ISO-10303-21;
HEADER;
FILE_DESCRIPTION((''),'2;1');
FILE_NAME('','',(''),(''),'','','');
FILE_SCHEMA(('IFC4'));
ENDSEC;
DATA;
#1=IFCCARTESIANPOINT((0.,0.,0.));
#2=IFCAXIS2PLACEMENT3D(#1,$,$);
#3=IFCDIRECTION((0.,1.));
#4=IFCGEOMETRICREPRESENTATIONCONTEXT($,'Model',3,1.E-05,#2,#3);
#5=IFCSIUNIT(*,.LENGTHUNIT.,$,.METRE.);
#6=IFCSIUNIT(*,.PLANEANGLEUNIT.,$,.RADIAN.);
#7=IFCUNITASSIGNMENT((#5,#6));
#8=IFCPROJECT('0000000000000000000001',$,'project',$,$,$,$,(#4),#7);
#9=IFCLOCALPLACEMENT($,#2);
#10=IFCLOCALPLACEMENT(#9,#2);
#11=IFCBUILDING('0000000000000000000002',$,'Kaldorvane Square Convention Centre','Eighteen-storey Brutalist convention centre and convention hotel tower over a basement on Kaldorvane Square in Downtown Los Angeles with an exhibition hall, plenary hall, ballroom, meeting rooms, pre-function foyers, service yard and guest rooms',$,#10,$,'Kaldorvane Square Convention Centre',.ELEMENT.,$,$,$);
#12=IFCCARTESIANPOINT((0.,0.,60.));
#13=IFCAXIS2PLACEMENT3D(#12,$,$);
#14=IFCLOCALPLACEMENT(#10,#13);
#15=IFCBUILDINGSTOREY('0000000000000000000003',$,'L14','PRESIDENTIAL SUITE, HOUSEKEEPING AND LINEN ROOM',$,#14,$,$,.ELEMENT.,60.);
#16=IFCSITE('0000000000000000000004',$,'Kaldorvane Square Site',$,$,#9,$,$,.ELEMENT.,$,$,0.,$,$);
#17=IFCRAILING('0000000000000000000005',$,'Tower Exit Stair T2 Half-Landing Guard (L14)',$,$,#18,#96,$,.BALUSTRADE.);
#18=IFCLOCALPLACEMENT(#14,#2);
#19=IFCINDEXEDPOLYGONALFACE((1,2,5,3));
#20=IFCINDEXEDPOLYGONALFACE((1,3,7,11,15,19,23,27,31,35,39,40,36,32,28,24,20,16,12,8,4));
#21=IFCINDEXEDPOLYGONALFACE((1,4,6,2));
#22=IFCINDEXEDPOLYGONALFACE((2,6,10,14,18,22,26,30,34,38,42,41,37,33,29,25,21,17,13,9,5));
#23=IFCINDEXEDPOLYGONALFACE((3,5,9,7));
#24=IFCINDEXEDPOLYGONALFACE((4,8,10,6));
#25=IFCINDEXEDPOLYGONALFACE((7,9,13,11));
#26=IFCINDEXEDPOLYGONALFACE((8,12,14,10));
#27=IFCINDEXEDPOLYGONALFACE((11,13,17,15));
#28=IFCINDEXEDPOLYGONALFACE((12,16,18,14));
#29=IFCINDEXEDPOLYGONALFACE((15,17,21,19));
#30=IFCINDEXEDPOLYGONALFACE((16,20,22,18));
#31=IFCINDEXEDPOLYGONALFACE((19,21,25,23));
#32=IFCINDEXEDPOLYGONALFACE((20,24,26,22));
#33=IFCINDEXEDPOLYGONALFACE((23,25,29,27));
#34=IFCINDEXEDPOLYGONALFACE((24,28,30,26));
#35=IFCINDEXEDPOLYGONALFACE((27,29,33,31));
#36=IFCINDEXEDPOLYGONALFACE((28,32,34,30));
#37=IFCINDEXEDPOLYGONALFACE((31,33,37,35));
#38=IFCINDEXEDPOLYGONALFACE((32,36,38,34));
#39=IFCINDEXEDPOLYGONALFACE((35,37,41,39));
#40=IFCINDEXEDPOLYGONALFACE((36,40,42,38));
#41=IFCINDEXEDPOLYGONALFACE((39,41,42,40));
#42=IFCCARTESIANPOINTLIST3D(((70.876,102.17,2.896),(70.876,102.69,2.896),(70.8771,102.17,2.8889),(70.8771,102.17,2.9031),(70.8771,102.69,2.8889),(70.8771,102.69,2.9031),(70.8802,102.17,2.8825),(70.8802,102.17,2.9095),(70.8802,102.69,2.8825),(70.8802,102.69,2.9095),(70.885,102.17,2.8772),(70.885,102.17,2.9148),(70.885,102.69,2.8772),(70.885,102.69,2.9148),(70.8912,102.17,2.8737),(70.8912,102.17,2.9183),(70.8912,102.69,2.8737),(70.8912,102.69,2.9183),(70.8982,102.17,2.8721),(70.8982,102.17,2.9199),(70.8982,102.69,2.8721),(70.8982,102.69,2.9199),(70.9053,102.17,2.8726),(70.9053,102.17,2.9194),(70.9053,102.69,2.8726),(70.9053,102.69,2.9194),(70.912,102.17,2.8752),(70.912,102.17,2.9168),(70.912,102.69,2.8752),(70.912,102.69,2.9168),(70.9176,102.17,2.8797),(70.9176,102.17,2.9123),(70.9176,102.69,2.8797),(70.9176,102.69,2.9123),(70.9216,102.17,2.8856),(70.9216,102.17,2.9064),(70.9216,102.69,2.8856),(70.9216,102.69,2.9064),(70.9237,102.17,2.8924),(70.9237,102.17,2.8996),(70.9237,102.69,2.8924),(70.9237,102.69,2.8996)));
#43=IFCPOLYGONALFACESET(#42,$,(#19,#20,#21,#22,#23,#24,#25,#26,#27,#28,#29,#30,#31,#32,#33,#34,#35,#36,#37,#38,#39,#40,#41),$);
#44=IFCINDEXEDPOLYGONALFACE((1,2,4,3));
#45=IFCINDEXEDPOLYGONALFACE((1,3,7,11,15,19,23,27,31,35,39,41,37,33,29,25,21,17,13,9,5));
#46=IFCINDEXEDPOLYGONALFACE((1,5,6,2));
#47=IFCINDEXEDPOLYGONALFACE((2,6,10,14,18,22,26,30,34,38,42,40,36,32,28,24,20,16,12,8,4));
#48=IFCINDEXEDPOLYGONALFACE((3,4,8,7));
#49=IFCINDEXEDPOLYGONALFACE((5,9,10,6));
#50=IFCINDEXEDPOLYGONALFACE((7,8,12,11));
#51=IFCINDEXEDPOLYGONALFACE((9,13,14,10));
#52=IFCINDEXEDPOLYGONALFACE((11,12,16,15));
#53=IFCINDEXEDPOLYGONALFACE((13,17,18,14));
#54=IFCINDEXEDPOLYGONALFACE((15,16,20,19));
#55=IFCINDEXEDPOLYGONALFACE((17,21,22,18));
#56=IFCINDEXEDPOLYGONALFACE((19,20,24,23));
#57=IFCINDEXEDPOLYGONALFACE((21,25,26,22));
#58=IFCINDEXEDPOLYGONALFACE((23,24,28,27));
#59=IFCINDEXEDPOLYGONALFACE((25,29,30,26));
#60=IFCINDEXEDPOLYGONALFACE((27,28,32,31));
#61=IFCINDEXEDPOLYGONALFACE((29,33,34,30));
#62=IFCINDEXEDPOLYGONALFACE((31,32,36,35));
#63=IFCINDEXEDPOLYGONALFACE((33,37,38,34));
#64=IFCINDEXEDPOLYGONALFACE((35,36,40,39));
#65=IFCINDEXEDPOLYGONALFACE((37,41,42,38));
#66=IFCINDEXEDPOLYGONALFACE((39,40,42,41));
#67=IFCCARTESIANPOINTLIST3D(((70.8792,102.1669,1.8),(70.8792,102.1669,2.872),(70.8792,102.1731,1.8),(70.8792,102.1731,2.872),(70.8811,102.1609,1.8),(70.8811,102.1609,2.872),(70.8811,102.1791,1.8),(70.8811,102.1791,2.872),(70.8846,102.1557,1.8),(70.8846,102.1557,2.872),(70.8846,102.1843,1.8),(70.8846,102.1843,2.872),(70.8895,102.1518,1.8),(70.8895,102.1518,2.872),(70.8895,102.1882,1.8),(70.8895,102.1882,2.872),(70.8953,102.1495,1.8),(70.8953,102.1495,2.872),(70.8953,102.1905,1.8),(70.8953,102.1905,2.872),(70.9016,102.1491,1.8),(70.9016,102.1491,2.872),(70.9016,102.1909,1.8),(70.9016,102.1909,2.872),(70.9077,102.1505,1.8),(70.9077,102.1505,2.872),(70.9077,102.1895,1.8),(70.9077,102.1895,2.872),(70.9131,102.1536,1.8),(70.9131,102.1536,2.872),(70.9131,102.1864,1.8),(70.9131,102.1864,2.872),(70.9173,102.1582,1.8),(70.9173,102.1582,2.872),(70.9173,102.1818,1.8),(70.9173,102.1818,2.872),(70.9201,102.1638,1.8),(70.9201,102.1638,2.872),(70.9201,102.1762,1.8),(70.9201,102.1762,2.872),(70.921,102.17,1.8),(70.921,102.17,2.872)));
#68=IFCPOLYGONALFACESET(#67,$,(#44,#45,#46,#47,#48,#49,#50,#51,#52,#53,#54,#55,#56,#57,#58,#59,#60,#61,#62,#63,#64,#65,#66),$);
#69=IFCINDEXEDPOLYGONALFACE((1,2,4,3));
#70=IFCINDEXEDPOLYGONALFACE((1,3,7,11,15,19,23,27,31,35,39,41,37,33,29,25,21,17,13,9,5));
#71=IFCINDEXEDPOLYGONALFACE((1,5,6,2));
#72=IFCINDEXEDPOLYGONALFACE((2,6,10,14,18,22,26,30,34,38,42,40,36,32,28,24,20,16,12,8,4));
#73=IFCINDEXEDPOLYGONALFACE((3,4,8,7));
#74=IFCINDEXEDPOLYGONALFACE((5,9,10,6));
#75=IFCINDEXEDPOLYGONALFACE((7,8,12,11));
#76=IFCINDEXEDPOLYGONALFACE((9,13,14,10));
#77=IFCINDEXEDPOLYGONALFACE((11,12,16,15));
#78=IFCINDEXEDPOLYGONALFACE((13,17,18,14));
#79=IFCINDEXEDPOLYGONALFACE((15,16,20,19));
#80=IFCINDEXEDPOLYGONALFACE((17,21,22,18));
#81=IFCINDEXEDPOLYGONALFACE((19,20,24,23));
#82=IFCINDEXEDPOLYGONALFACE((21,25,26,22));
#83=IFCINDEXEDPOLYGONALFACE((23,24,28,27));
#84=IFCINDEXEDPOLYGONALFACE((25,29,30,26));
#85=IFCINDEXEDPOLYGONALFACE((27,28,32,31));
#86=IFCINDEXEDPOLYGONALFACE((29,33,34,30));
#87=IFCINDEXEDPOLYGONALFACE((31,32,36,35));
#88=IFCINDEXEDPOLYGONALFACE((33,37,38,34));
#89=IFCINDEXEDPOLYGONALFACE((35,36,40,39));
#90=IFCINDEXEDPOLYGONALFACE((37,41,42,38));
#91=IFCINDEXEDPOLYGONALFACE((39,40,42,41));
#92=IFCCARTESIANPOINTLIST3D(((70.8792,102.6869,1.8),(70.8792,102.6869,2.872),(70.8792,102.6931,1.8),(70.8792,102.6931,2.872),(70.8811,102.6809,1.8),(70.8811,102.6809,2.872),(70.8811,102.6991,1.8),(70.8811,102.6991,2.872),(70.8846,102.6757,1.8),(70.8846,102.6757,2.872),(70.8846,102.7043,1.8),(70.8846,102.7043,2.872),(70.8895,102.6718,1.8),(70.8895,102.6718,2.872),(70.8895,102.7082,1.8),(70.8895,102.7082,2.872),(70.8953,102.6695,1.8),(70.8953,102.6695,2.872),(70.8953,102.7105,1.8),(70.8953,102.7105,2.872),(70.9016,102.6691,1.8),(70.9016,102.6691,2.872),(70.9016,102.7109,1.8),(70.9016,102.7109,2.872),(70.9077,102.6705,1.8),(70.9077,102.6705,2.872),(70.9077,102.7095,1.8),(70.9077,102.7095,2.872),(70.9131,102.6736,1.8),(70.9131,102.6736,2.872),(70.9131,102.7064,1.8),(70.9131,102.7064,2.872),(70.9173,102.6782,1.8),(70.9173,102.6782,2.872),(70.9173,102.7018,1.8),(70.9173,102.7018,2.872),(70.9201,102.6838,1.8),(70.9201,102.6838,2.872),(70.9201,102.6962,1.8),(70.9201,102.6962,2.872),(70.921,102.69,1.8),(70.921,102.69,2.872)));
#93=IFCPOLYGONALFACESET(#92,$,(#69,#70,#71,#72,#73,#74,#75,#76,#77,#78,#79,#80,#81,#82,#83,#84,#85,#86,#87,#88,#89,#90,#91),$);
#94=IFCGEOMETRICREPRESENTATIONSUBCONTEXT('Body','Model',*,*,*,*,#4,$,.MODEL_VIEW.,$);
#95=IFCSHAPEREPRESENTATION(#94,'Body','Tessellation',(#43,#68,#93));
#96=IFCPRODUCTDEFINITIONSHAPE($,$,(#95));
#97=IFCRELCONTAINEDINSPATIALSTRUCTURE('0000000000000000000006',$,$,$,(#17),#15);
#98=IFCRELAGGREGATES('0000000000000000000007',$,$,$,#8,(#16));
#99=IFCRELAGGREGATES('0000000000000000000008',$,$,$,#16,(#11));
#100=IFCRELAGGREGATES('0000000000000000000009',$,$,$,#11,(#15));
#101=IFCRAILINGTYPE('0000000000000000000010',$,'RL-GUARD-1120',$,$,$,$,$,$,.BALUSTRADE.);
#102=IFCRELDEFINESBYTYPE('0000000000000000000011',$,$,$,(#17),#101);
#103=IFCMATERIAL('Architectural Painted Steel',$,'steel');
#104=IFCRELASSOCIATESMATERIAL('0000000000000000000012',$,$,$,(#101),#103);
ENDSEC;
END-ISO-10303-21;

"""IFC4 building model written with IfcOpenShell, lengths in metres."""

from ifc_helpers import new_model, si_unit, direction, frame, origin, origin_2d, place, context, subcontext, project, spatial, circle, extrude, material, type_object, element, save


model = new_model("IFC4")

# Units and contexts
model_context = context("Model", 3, precision=1e-05, world=origin(), true_north=direction((0.0, 1.0)))
body_context = subcontext(model_context, "Body", "Model", "MODEL_VIEW")
ifc_project = project(units=[si_unit("LENGTHUNIT", "METRE"), si_unit("PLANEANGLEUNIT", "RADIAN")], contexts=[model_context])

# Site, building, storey
site_placement = place(None, origin())
site = spatial("IfcSite", under=ifc_project, at=site_placement, Name="Kaldorvane Square Site", CompositionType="ELEMENT", RefElevation=0.0)
building_placement = place(site_placement, origin())
building = spatial("IfcBuilding", under=site, at=building_placement, Name="Kaldorvane Square Convention Centre", Description="Eighteen-storey Brutalist convention centre and convention hotel tower over a basement on Kaldorvane Square in Downtown Los Angeles with an exhibition hall, plenary hall, ballroom, meeting rooms, pre-function foyers, service yard and guest rooms", LongName="Kaldorvane Square Convention Centre", CompositionType="ELEMENT")
storey_placement = place(building_placement, frame((0.0, 0.0, 60.0)))
storey = spatial("IfcBuildingStorey", under=building, at=storey_placement, Name="L14", Description="PRESIDENTIAL SUITE, HOUSEKEEPING AND LINEN ROOM", CompositionType="ELEMENT", Elevation=60.0)

# Railing
ifc_material_1 = material(Name="Architectural Painted Steel", Category="steel")
railing_type = type_object("IfcRailingType", Name="RL-GUARD-1120", PredefinedType="BALUSTRADE", material=ifc_material_1)
for number, where, name in (
    (1, (70.9, 102.17, 1.8), "Tower Exit Stair T2 Half-Landing Guard (L14)"),
):
    element("IfcRailing", number, at=place(storey_placement, frame(where)), inside=storey, type_object=railing_type, Name=name, PredefinedType="BALUSTRADE", context=body_context, shape_type="SweptSolid", body=[
        extrude(circle(Radius=0.024, at=origin_2d()), frame((0.0, 0.0, 1.096), z_axis=(0.0, 1.0, 0.0), x_axis=(-1.0, 0.0, 0.0)), (0.0, 0.0, 1.0), 0.52),
        extrude(circle(Radius=0.021, at=origin_2d()), origin(), (0.0, 0.0, 1.0), 1.072),
        extrude(circle(Radius=0.021, at=origin_2d()), frame((0.0, 0.52, 0.0)), (0.0, 0.0, 1.0), 1.072),
    ])

save(model, "model.ifc")
